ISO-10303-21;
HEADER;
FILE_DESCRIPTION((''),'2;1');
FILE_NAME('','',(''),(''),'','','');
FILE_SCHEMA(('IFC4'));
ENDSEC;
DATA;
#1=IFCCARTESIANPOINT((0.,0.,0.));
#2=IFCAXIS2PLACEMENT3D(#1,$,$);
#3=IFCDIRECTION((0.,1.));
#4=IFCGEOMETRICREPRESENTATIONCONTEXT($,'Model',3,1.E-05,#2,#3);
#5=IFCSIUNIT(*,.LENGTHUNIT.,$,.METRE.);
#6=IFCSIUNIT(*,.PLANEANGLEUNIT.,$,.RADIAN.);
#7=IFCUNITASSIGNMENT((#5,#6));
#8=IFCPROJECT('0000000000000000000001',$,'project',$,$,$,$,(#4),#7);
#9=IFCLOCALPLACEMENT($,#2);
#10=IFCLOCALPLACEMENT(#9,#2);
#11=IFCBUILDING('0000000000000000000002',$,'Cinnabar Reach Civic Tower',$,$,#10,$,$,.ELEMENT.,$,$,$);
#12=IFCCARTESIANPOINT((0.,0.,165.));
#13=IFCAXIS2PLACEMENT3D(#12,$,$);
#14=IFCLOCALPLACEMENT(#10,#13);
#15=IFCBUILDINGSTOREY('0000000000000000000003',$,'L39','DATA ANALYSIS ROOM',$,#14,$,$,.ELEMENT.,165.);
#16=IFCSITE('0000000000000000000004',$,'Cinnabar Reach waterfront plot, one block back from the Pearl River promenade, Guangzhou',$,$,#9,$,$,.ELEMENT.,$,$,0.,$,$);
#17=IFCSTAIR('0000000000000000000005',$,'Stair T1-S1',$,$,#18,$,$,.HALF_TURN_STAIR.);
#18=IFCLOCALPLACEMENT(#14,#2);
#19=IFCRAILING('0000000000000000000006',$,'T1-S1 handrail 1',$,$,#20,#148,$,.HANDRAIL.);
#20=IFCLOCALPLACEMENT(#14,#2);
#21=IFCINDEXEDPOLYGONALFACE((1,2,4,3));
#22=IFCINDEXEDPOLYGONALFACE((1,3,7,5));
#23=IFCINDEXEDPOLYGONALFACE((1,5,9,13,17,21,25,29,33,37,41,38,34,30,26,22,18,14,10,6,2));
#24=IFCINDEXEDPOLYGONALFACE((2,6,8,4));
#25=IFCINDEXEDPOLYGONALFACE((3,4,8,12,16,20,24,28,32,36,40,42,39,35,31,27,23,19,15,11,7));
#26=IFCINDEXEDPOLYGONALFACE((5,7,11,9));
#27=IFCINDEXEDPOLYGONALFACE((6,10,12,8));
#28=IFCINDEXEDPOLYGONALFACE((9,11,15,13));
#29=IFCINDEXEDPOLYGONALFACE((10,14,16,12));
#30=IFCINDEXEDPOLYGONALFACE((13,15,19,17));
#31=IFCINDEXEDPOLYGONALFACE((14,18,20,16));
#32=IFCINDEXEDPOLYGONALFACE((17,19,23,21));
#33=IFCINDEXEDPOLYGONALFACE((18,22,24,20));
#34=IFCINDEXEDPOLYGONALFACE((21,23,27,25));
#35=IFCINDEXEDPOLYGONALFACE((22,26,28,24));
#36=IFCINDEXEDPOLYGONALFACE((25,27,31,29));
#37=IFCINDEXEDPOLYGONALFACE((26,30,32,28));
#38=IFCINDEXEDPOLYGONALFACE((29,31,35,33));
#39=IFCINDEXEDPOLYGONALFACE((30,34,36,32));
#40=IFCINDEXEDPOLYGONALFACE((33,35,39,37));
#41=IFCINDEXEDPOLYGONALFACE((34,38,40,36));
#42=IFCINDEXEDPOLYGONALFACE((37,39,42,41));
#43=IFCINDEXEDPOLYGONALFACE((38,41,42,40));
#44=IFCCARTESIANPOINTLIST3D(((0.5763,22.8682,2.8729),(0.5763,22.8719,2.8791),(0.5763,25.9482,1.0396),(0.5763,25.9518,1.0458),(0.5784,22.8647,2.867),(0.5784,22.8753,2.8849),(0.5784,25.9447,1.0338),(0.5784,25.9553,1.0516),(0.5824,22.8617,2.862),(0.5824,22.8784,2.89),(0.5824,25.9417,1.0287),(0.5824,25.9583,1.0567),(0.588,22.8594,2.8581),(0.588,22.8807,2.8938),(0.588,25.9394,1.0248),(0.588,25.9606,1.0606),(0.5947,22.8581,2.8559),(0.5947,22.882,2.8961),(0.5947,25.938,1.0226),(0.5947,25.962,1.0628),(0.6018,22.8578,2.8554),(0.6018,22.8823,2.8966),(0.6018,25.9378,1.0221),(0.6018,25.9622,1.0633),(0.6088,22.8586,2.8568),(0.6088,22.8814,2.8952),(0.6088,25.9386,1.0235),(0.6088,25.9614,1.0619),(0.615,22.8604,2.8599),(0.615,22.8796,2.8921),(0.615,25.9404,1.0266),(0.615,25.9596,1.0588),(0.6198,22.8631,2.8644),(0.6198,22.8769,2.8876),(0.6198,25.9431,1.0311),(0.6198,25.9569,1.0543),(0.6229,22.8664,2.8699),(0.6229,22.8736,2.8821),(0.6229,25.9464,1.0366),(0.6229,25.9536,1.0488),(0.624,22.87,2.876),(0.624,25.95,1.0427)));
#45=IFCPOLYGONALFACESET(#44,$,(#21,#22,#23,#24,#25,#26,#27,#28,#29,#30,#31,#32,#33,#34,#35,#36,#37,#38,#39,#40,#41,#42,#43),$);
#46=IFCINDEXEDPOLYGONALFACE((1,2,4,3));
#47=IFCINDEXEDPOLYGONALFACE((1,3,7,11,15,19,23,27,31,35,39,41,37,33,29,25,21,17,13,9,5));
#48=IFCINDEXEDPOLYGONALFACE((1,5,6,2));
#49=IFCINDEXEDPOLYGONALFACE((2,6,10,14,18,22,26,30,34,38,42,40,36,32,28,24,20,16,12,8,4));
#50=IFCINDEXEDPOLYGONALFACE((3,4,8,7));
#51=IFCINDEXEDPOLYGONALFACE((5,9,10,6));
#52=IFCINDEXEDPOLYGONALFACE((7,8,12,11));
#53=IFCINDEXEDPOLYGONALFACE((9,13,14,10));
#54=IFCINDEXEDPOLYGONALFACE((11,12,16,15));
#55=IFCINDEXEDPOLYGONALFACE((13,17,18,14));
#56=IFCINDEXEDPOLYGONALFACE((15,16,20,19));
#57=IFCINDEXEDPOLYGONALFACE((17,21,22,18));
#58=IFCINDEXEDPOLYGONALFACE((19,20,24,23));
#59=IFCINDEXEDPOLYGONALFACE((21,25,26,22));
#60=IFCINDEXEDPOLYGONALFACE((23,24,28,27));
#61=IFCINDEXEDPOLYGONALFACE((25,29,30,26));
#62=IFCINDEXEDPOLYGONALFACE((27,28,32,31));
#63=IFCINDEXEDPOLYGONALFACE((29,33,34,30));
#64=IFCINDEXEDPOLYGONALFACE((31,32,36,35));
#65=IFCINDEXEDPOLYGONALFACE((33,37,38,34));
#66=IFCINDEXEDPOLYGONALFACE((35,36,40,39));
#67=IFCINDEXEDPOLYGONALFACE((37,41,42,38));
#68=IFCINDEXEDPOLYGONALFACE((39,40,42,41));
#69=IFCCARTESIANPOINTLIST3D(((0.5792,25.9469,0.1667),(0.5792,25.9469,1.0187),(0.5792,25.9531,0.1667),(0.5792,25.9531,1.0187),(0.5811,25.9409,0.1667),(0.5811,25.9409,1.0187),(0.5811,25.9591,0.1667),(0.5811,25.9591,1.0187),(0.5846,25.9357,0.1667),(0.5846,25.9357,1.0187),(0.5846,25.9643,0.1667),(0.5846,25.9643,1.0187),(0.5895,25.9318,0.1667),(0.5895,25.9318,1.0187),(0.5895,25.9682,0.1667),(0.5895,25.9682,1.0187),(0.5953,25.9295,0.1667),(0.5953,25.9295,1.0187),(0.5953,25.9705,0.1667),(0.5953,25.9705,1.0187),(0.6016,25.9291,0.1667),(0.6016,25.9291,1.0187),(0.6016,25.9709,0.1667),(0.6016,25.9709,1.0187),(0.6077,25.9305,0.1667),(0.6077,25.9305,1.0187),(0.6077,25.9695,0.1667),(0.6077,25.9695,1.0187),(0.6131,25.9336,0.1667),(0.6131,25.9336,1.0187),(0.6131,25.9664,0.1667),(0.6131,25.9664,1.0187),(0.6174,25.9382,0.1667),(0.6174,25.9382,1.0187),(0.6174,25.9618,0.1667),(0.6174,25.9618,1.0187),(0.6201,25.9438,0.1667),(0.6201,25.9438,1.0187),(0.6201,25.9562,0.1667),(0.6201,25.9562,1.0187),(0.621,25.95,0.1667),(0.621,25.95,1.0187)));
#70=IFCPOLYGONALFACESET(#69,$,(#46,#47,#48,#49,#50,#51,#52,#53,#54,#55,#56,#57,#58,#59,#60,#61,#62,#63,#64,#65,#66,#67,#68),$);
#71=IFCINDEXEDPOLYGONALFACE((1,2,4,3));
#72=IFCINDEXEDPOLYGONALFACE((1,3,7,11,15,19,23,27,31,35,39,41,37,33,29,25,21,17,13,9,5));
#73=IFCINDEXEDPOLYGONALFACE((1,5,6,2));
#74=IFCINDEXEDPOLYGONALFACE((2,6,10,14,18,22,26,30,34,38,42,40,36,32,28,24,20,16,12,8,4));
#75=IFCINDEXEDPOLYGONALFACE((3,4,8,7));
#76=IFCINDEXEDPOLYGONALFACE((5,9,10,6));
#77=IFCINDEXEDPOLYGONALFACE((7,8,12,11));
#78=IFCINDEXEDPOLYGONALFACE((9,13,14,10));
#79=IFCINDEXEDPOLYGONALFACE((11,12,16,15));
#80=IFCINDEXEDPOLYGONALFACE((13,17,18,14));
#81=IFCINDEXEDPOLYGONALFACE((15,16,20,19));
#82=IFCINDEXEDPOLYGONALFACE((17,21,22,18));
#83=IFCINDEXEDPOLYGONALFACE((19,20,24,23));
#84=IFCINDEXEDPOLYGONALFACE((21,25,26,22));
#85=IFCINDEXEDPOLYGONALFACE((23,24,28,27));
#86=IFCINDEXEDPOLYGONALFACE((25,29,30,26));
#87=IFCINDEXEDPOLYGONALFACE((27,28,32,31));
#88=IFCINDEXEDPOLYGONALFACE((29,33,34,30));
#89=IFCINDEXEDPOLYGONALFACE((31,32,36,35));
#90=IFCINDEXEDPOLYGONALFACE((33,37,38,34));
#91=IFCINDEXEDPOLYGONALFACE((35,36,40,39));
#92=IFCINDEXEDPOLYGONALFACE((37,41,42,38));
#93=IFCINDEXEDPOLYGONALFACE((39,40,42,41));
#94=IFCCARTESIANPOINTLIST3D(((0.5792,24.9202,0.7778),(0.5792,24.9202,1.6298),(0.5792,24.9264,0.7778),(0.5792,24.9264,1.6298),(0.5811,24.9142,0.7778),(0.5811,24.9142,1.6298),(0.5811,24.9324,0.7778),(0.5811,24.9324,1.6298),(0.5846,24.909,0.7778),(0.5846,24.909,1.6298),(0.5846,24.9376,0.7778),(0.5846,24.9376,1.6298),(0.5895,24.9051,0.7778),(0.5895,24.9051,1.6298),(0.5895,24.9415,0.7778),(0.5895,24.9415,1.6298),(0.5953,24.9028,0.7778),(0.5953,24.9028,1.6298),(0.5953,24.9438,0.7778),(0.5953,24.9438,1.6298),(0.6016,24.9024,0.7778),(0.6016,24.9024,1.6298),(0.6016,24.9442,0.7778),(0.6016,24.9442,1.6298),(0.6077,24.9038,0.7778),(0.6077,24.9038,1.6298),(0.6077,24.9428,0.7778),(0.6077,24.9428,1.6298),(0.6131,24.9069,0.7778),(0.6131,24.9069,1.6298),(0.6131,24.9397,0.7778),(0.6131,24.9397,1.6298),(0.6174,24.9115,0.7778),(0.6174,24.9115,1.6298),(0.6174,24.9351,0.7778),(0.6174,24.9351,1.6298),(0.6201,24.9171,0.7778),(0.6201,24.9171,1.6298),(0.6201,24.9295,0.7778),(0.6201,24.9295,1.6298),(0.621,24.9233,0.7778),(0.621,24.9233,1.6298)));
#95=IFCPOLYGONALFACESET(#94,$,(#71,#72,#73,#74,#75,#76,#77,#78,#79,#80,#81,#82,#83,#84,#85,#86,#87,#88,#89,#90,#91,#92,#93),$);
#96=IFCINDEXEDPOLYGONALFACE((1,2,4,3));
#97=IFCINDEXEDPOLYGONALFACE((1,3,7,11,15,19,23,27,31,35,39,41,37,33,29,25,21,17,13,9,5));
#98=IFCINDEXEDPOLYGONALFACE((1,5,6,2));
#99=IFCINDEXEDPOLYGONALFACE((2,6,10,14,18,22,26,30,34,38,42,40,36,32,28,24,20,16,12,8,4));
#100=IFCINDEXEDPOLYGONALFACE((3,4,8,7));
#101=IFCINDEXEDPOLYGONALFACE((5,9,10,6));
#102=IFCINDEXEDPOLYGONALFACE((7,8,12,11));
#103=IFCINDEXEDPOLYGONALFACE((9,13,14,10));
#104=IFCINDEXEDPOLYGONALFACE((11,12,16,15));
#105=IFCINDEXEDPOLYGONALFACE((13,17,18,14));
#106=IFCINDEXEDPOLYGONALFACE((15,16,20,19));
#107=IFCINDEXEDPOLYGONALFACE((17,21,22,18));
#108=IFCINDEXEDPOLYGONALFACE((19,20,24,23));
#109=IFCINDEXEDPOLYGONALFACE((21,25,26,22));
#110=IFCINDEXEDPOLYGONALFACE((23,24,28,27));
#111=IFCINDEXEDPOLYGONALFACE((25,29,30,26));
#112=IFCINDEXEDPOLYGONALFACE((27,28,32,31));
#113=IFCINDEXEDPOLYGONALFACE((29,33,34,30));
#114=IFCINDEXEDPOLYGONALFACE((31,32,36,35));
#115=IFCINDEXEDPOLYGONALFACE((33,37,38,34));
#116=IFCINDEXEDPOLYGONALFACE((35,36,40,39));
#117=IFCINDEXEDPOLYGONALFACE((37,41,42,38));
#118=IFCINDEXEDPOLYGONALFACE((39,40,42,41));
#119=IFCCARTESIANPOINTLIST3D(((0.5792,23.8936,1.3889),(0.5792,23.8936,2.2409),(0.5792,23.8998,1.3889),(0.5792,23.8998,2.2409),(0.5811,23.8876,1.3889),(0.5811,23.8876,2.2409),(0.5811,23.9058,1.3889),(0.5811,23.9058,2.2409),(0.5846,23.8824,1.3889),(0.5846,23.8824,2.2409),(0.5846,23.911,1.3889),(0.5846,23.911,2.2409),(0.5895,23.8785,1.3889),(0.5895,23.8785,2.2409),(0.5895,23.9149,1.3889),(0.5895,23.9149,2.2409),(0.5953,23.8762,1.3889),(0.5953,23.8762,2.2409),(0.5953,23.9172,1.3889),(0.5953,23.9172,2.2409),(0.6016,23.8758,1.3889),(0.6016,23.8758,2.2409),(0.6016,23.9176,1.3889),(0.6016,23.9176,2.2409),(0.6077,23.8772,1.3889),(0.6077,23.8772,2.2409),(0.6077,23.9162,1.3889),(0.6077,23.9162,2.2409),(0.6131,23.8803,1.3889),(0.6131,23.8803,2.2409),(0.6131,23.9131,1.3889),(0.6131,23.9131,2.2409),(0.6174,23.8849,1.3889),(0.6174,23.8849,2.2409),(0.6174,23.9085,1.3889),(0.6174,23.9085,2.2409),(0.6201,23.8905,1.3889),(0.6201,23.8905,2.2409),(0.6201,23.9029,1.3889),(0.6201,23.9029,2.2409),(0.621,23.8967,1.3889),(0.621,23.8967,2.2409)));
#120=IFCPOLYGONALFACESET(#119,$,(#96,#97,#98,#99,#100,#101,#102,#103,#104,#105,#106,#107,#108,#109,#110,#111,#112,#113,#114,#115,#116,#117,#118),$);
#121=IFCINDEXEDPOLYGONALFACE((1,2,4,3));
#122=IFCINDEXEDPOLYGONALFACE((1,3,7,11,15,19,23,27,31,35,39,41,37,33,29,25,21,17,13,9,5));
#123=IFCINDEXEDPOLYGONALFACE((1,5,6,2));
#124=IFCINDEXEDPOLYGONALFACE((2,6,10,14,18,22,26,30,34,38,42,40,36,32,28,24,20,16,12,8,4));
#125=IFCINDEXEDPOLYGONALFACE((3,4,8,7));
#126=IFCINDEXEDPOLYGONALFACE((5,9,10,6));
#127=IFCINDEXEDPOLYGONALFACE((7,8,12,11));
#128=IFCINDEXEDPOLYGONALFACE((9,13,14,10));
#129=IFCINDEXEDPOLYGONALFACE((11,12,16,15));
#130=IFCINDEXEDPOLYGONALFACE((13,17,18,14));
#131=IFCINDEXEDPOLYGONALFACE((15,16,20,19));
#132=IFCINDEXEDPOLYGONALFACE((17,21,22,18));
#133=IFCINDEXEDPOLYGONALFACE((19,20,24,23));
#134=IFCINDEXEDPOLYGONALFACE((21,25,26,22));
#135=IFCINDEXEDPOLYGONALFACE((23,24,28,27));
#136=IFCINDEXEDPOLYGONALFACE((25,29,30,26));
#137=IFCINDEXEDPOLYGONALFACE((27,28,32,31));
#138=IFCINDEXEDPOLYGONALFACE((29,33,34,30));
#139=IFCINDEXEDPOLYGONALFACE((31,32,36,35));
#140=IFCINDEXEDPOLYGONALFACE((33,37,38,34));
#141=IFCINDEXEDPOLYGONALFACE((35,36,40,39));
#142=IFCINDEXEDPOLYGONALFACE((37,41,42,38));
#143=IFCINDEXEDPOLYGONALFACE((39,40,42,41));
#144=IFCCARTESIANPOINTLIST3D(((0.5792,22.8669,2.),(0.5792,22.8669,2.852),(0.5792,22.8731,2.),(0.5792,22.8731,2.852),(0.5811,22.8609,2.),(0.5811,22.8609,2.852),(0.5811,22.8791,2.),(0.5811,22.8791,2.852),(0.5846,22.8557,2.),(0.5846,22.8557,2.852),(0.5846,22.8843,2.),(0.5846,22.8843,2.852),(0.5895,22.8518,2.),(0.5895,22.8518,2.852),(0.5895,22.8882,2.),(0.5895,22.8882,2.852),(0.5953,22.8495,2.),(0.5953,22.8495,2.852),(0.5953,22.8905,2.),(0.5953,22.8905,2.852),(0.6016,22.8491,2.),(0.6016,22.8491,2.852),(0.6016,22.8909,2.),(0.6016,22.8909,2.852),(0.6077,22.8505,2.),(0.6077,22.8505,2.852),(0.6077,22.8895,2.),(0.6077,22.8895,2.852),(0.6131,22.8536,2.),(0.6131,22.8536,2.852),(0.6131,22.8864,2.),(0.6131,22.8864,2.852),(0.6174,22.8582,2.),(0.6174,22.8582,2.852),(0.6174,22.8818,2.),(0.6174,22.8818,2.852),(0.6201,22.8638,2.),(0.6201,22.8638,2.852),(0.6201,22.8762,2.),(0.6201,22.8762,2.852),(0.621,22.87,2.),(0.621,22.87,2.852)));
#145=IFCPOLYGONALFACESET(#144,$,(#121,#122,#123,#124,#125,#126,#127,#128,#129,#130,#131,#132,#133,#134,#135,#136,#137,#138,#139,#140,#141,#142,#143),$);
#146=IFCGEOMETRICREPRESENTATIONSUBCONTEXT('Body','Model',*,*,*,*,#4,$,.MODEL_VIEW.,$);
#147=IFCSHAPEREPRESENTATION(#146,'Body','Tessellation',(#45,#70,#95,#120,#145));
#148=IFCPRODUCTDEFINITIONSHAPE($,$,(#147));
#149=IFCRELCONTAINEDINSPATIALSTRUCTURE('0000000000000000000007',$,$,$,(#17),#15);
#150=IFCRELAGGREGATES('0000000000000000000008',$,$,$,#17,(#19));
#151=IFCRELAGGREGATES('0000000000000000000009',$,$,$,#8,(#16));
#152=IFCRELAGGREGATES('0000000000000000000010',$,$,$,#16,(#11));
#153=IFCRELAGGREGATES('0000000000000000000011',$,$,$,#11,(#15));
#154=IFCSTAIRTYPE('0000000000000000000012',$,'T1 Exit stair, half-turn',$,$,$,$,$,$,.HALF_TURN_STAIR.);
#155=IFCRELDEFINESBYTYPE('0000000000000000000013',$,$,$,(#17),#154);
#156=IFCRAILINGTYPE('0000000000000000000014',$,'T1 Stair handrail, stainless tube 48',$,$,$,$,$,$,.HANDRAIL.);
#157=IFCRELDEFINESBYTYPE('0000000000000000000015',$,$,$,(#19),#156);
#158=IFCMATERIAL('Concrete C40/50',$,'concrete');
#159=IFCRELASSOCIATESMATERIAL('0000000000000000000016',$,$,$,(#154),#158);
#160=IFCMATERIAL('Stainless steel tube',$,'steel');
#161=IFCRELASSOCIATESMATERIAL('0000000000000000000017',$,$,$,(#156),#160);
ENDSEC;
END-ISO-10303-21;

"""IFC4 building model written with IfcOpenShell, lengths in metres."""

from ifc_helpers import new_model, si_unit, direction, frame, origin, origin_2d, place, context, subcontext, project, spatial, circle, extrude, material, type_object, element, aggregate, save


model = new_model("IFC4")

# Units and contexts
model_context = context("Model", 3, precision=1e-05, world=origin(), true_north=direction((0.0, 1.0)))
body_context = subcontext(model_context, "Body", "Model", "MODEL_VIEW")
ifc_project = project(units=[si_unit("LENGTHUNIT", "METRE"), si_unit("PLANEANGLEUNIT", "RADIAN")], contexts=[model_context])

# Site, building, storey
site_placement = place(None, origin())
site = spatial("IfcSite", under=ifc_project, at=site_placement, Name="Cinnabar Reach waterfront plot, one block back from the Pearl River promenade, Guangzhou", CompositionType="ELEMENT", RefElevation=0.0)
building_placement = place(site_placement, origin())
building = spatial("IfcBuilding", under=site, at=building_placement, Name="Cinnabar Reach Civic Tower", CompositionType="ELEMENT")
storey_placement = place(building_placement, frame((0.0, 0.0, 165.0)))
storey = spatial("IfcBuildingStorey", under=building, at=storey_placement, Name="L39", Description="DATA ANALYSIS ROOM", CompositionType="ELEMENT", Elevation=165.0)

# Shared definitions
ifc_material_1 = material(Name="Concrete C40/50", Category="concrete")

# Stair, railing
stair_type = type_object("IfcStairType", Name="T1 Exit stair, half-turn", PredefinedType="HALF_TURN_STAIR", material=ifc_material_1)
stair_placement = place(storey_placement, origin())
stair = element("IfcStair", 1, at=stair_placement, inside=storey, type_object=stair_type, Name="Stair T1-S1", PredefinedType="HALF_TURN_STAIR")
ifc_material_2 = material(Name="Stainless steel tube", Category="steel")
railing_type = type_object("IfcRailingType", Name="T1 Stair handrail, stainless tube 48", PredefinedType="HANDRAIL", material=ifc_material_2)
railing_1_placement = place(storey_placement, frame((0.6, 25.95, 0.1667)))
railing_1 = element("IfcRailing", 2, at=railing_1_placement, type_object=railing_type, Name="T1-S1 handrail 1", PredefinedType="HANDRAIL", context=body_context, shape_type="SweptSolid", body=[
    extrude(circle(Radius=0.024, at=origin_2d()), frame((0.0, 0.0, 0.876), z_axis=(0.0, -0.859297, 0.511477), x_axis=(1.0, 0.0, 0.0)), (0.0, 0.0, 1.0), 3.5843),
    extrude(circle(Radius=0.021, at=origin_2d()), origin(), (0.0, 0.0, 1.0), 0.852),
    extrude(circle(Radius=0.021, at=origin_2d()), frame((0.0, -1.0267, 0.6111)), (0.0, 0.0, 1.0), 0.852),
    extrude(circle(Radius=0.021, at=origin_2d()), frame((0.0, -2.0533, 1.2222)), (0.0, 0.0, 1.0), 0.852),
    extrude(circle(Radius=0.021, at=origin_2d()), frame((0.0, -3.08, 1.8333)), (0.0, 0.0, 1.0), 0.852),
])
aggregate(stair, [railing_1])

save(model, "model.ifc")
